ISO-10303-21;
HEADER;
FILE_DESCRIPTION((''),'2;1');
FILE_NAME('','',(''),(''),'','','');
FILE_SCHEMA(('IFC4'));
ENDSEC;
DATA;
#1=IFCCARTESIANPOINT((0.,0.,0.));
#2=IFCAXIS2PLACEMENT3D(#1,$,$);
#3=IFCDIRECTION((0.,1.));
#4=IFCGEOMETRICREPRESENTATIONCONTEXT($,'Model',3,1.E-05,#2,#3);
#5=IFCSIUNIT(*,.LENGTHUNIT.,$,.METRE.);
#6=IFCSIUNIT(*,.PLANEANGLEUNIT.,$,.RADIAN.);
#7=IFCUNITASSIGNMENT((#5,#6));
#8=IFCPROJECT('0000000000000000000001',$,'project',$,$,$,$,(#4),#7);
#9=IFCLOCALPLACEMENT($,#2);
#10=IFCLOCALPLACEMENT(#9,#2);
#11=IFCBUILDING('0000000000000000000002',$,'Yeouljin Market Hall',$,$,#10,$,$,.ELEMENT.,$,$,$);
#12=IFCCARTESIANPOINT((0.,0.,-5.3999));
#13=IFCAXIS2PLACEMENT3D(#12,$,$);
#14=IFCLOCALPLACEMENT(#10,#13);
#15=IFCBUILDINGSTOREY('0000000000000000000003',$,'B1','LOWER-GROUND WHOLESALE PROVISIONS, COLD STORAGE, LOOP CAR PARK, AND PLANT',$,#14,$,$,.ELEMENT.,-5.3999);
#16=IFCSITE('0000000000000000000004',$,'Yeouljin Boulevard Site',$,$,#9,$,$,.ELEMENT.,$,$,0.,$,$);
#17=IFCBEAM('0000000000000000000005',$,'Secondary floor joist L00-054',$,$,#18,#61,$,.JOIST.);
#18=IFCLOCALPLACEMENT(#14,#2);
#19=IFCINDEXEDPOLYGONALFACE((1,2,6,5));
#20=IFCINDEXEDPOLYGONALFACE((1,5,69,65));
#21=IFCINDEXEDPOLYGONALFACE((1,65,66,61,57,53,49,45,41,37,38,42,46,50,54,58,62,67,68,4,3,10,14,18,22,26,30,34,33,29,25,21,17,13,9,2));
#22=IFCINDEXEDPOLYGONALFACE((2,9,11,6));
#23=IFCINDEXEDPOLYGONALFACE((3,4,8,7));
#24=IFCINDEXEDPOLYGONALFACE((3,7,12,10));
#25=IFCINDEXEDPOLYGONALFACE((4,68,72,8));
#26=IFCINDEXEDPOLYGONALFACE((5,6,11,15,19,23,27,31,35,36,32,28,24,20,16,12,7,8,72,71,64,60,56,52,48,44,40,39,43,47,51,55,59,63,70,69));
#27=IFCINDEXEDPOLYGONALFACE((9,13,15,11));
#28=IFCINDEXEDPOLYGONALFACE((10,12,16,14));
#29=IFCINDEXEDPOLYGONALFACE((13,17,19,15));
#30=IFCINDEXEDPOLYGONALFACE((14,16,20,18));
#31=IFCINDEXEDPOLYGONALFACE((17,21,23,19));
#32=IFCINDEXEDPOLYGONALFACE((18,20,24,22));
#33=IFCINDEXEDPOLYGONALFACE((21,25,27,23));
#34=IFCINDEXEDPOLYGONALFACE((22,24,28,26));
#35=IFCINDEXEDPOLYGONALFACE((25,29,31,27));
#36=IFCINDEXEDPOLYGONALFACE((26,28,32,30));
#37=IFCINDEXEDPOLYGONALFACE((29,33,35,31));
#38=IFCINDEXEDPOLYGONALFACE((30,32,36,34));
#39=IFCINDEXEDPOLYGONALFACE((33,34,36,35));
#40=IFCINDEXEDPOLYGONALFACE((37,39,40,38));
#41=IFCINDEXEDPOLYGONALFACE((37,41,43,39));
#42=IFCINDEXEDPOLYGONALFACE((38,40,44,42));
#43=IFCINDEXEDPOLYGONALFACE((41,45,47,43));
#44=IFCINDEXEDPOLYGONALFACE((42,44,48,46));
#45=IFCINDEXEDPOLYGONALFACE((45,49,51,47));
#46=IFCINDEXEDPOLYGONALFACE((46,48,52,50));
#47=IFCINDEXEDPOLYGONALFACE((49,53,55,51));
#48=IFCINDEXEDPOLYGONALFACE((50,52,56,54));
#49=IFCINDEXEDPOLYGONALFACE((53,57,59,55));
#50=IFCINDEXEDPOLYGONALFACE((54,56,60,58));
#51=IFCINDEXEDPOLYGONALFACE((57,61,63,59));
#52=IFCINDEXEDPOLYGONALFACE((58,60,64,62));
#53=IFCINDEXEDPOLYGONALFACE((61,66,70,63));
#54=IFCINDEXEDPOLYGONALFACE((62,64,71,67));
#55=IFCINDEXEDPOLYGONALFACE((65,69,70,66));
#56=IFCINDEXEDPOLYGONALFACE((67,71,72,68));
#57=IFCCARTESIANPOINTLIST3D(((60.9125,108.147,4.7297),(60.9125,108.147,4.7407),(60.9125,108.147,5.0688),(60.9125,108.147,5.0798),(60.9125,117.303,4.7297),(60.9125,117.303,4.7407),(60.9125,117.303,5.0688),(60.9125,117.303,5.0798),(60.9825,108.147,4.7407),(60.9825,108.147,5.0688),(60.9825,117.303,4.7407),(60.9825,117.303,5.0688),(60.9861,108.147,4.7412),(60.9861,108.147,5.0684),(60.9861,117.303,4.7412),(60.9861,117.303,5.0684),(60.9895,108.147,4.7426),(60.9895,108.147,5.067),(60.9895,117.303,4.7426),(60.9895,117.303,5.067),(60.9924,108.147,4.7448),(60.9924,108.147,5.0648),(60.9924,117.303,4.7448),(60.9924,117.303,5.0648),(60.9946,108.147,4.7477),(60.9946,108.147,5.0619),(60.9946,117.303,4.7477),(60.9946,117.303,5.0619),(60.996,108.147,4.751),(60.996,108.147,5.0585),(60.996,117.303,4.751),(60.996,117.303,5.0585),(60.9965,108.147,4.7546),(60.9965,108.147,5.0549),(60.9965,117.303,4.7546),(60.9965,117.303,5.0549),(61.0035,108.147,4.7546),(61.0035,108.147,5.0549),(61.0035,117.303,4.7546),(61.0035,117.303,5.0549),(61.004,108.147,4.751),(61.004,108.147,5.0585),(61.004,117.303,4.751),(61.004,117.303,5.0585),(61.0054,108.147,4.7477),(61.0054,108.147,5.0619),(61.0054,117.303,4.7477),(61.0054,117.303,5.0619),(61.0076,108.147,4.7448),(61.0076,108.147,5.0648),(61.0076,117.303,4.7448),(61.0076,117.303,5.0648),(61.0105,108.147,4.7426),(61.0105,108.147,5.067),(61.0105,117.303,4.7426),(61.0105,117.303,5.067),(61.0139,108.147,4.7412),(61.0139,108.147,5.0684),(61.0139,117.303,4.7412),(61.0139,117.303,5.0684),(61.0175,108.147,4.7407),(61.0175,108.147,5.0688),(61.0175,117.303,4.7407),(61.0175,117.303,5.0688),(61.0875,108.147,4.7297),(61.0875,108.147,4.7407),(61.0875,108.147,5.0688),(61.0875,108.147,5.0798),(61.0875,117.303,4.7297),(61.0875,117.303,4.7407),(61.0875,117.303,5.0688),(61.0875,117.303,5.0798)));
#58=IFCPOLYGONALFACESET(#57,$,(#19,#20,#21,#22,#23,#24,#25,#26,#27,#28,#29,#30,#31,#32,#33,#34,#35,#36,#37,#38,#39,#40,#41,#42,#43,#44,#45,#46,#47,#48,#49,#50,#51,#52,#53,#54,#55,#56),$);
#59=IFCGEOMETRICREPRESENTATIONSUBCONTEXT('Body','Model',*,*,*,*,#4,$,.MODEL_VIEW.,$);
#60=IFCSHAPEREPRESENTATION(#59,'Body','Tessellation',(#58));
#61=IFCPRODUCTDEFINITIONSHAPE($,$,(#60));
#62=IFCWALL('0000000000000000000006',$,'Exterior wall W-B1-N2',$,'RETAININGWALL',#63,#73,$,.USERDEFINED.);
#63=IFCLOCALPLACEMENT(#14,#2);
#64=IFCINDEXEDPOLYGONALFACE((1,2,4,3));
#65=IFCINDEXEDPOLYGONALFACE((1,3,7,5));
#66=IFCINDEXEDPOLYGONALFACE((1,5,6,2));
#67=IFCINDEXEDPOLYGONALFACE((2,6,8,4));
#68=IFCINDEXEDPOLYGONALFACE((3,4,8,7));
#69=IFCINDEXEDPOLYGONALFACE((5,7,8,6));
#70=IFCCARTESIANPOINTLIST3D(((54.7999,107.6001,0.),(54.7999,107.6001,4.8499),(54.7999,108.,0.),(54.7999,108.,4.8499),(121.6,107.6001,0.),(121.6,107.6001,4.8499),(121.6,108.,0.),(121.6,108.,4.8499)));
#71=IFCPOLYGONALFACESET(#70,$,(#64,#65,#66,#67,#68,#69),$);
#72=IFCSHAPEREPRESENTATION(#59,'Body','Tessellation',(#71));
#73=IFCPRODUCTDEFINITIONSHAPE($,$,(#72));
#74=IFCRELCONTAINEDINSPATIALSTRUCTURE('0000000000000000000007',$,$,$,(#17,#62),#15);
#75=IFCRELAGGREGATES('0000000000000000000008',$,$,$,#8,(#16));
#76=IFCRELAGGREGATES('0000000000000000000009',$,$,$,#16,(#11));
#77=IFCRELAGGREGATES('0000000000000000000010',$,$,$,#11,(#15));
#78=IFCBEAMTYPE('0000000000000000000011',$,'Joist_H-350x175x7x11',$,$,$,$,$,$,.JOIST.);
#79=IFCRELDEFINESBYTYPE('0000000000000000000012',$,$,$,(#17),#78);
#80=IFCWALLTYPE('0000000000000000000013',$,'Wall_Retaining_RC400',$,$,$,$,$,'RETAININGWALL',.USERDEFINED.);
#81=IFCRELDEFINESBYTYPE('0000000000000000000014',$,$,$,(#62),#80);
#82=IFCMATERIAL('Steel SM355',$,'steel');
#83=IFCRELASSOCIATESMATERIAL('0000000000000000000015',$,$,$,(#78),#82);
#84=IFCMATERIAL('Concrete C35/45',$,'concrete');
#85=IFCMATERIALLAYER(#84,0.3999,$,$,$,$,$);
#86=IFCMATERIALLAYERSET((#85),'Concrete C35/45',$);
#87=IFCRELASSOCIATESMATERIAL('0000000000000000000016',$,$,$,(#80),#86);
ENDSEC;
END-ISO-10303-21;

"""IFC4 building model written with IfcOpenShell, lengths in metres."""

from ifc_helpers import new_model, si_unit, direction, frame, frame_2d, origin, origin_2d, place, context, subcontext, project, spatial, rectangle, i_section, extrude, material, layer, layer_set, material_profile, profile_set, type_object, element, save


model = new_model("IFC4")

# Units and contexts
model_context = context("Model", 3, precision=1e-05, world=origin(), true_north=direction((0.0, 1.0)))
body_context = subcontext(model_context, "Body", "Model", "MODEL_VIEW")
ifc_project = project(units=[si_unit("LENGTHUNIT", "METRE"), si_unit("PLANEANGLEUNIT", "RADIAN")], contexts=[model_context])

# Site, building, storey
site_placement = place(None, origin())
site = spatial("IfcSite", under=ifc_project, at=site_placement, Name="Yeouljin Boulevard Site", CompositionType="ELEMENT", RefElevation=0.0)
building_placement = place(site_placement, origin())
building = spatial("IfcBuilding", under=site, at=building_placement, Name="Yeouljin Market Hall", CompositionType="ELEMENT")
storey_placement = place(building_placement, frame((0.0, 0.0, -5.3999)))
storey = spatial("IfcBuildingStorey", under=building, at=storey_placement, Name="B1", Description="LOWER-GROUND WHOLESALE PROVISIONS, COLD STORAGE, LOOP CAR PARK, AND PLANT", CompositionType="ELEMENT", Elevation=-5.3999)

# Beam
ifc_material_1 = material(Name="Steel SM355", Category="steel")
ifc_material_profile_1 = material_profile(ifc_material_1, i_section(OverallWidth=0.175, OverallDepth=0.3501, WebThickness=0.0071, FlangeThickness=0.011, FilletRadius=0.0139, at=origin_2d()), Name="H-350x175x7x11")
ifc_profile_set_1 = profile_set([ifc_material_profile_1], Name="Steel SM355")
beam_type_1 = type_object("IfcBeamType", Name="Joist_H-350x175x7x11", PredefinedType="JOIST", material=ifc_profile_set_1)
for number, where, z_axis, x_axis, name in (
    (1, (61.0, 108.147, 4.9048), (0.0, 1.0, 0.0), (-1.0, 0.0, 0.0), "Secondary floor joist L00-054"),
):
    element("IfcBeam", number, at=place(storey_placement, frame(where, z_axis=z_axis, x_axis=x_axis)), inside=storey, type_object=beam_type_1, Name=name, PredefinedType="JOIST", context=body_context, shape_type="SweptSolid", body=[
        extrude(i_section(OverallWidth=0.175, OverallDepth=0.3501, WebThickness=0.0071, FlangeThickness=0.011, FilletRadius=0.0139, at=origin_2d()), origin(), (0.0, 0.0, 1.0), 9.156),
    ])

# Wall
ifc_material_2 = material(Name="Concrete C35/45", Category="concrete")
ifc_layer = layer(ifc_material_2, 0.3999)
ifc_layer_set = layer_set([ifc_layer], Name="Concrete C35/45")
wall_type = type_object("IfcWallType", Name="Wall_Retaining_RC400", ElementType="RETAININGWALL", PredefinedType="USERDEFINED", material=ifc_layer_set)
wall_placement = place(storey_placement, frame((54.8, 107.8, 0.0), z_axis=(0.0, 0.0, 1.0), x_axis=(1.0, 0.0, 0.0)))
element("IfcWall", 2, at=wall_placement, inside=storey, type_object=wall_type, Name="Exterior wall W-B1-N2", ObjectType="RETAININGWALL", PredefinedType="USERDEFINED", context=body_context, shape_type="SweptSolid", body=[
    extrude(rectangle(XDim=66.8, YDim=0.3999, at=frame_2d((33.3999, 0.0))), origin(), (0.0, 0.0, 1.0), 4.8499),
])

save(model, "model.ifc")
